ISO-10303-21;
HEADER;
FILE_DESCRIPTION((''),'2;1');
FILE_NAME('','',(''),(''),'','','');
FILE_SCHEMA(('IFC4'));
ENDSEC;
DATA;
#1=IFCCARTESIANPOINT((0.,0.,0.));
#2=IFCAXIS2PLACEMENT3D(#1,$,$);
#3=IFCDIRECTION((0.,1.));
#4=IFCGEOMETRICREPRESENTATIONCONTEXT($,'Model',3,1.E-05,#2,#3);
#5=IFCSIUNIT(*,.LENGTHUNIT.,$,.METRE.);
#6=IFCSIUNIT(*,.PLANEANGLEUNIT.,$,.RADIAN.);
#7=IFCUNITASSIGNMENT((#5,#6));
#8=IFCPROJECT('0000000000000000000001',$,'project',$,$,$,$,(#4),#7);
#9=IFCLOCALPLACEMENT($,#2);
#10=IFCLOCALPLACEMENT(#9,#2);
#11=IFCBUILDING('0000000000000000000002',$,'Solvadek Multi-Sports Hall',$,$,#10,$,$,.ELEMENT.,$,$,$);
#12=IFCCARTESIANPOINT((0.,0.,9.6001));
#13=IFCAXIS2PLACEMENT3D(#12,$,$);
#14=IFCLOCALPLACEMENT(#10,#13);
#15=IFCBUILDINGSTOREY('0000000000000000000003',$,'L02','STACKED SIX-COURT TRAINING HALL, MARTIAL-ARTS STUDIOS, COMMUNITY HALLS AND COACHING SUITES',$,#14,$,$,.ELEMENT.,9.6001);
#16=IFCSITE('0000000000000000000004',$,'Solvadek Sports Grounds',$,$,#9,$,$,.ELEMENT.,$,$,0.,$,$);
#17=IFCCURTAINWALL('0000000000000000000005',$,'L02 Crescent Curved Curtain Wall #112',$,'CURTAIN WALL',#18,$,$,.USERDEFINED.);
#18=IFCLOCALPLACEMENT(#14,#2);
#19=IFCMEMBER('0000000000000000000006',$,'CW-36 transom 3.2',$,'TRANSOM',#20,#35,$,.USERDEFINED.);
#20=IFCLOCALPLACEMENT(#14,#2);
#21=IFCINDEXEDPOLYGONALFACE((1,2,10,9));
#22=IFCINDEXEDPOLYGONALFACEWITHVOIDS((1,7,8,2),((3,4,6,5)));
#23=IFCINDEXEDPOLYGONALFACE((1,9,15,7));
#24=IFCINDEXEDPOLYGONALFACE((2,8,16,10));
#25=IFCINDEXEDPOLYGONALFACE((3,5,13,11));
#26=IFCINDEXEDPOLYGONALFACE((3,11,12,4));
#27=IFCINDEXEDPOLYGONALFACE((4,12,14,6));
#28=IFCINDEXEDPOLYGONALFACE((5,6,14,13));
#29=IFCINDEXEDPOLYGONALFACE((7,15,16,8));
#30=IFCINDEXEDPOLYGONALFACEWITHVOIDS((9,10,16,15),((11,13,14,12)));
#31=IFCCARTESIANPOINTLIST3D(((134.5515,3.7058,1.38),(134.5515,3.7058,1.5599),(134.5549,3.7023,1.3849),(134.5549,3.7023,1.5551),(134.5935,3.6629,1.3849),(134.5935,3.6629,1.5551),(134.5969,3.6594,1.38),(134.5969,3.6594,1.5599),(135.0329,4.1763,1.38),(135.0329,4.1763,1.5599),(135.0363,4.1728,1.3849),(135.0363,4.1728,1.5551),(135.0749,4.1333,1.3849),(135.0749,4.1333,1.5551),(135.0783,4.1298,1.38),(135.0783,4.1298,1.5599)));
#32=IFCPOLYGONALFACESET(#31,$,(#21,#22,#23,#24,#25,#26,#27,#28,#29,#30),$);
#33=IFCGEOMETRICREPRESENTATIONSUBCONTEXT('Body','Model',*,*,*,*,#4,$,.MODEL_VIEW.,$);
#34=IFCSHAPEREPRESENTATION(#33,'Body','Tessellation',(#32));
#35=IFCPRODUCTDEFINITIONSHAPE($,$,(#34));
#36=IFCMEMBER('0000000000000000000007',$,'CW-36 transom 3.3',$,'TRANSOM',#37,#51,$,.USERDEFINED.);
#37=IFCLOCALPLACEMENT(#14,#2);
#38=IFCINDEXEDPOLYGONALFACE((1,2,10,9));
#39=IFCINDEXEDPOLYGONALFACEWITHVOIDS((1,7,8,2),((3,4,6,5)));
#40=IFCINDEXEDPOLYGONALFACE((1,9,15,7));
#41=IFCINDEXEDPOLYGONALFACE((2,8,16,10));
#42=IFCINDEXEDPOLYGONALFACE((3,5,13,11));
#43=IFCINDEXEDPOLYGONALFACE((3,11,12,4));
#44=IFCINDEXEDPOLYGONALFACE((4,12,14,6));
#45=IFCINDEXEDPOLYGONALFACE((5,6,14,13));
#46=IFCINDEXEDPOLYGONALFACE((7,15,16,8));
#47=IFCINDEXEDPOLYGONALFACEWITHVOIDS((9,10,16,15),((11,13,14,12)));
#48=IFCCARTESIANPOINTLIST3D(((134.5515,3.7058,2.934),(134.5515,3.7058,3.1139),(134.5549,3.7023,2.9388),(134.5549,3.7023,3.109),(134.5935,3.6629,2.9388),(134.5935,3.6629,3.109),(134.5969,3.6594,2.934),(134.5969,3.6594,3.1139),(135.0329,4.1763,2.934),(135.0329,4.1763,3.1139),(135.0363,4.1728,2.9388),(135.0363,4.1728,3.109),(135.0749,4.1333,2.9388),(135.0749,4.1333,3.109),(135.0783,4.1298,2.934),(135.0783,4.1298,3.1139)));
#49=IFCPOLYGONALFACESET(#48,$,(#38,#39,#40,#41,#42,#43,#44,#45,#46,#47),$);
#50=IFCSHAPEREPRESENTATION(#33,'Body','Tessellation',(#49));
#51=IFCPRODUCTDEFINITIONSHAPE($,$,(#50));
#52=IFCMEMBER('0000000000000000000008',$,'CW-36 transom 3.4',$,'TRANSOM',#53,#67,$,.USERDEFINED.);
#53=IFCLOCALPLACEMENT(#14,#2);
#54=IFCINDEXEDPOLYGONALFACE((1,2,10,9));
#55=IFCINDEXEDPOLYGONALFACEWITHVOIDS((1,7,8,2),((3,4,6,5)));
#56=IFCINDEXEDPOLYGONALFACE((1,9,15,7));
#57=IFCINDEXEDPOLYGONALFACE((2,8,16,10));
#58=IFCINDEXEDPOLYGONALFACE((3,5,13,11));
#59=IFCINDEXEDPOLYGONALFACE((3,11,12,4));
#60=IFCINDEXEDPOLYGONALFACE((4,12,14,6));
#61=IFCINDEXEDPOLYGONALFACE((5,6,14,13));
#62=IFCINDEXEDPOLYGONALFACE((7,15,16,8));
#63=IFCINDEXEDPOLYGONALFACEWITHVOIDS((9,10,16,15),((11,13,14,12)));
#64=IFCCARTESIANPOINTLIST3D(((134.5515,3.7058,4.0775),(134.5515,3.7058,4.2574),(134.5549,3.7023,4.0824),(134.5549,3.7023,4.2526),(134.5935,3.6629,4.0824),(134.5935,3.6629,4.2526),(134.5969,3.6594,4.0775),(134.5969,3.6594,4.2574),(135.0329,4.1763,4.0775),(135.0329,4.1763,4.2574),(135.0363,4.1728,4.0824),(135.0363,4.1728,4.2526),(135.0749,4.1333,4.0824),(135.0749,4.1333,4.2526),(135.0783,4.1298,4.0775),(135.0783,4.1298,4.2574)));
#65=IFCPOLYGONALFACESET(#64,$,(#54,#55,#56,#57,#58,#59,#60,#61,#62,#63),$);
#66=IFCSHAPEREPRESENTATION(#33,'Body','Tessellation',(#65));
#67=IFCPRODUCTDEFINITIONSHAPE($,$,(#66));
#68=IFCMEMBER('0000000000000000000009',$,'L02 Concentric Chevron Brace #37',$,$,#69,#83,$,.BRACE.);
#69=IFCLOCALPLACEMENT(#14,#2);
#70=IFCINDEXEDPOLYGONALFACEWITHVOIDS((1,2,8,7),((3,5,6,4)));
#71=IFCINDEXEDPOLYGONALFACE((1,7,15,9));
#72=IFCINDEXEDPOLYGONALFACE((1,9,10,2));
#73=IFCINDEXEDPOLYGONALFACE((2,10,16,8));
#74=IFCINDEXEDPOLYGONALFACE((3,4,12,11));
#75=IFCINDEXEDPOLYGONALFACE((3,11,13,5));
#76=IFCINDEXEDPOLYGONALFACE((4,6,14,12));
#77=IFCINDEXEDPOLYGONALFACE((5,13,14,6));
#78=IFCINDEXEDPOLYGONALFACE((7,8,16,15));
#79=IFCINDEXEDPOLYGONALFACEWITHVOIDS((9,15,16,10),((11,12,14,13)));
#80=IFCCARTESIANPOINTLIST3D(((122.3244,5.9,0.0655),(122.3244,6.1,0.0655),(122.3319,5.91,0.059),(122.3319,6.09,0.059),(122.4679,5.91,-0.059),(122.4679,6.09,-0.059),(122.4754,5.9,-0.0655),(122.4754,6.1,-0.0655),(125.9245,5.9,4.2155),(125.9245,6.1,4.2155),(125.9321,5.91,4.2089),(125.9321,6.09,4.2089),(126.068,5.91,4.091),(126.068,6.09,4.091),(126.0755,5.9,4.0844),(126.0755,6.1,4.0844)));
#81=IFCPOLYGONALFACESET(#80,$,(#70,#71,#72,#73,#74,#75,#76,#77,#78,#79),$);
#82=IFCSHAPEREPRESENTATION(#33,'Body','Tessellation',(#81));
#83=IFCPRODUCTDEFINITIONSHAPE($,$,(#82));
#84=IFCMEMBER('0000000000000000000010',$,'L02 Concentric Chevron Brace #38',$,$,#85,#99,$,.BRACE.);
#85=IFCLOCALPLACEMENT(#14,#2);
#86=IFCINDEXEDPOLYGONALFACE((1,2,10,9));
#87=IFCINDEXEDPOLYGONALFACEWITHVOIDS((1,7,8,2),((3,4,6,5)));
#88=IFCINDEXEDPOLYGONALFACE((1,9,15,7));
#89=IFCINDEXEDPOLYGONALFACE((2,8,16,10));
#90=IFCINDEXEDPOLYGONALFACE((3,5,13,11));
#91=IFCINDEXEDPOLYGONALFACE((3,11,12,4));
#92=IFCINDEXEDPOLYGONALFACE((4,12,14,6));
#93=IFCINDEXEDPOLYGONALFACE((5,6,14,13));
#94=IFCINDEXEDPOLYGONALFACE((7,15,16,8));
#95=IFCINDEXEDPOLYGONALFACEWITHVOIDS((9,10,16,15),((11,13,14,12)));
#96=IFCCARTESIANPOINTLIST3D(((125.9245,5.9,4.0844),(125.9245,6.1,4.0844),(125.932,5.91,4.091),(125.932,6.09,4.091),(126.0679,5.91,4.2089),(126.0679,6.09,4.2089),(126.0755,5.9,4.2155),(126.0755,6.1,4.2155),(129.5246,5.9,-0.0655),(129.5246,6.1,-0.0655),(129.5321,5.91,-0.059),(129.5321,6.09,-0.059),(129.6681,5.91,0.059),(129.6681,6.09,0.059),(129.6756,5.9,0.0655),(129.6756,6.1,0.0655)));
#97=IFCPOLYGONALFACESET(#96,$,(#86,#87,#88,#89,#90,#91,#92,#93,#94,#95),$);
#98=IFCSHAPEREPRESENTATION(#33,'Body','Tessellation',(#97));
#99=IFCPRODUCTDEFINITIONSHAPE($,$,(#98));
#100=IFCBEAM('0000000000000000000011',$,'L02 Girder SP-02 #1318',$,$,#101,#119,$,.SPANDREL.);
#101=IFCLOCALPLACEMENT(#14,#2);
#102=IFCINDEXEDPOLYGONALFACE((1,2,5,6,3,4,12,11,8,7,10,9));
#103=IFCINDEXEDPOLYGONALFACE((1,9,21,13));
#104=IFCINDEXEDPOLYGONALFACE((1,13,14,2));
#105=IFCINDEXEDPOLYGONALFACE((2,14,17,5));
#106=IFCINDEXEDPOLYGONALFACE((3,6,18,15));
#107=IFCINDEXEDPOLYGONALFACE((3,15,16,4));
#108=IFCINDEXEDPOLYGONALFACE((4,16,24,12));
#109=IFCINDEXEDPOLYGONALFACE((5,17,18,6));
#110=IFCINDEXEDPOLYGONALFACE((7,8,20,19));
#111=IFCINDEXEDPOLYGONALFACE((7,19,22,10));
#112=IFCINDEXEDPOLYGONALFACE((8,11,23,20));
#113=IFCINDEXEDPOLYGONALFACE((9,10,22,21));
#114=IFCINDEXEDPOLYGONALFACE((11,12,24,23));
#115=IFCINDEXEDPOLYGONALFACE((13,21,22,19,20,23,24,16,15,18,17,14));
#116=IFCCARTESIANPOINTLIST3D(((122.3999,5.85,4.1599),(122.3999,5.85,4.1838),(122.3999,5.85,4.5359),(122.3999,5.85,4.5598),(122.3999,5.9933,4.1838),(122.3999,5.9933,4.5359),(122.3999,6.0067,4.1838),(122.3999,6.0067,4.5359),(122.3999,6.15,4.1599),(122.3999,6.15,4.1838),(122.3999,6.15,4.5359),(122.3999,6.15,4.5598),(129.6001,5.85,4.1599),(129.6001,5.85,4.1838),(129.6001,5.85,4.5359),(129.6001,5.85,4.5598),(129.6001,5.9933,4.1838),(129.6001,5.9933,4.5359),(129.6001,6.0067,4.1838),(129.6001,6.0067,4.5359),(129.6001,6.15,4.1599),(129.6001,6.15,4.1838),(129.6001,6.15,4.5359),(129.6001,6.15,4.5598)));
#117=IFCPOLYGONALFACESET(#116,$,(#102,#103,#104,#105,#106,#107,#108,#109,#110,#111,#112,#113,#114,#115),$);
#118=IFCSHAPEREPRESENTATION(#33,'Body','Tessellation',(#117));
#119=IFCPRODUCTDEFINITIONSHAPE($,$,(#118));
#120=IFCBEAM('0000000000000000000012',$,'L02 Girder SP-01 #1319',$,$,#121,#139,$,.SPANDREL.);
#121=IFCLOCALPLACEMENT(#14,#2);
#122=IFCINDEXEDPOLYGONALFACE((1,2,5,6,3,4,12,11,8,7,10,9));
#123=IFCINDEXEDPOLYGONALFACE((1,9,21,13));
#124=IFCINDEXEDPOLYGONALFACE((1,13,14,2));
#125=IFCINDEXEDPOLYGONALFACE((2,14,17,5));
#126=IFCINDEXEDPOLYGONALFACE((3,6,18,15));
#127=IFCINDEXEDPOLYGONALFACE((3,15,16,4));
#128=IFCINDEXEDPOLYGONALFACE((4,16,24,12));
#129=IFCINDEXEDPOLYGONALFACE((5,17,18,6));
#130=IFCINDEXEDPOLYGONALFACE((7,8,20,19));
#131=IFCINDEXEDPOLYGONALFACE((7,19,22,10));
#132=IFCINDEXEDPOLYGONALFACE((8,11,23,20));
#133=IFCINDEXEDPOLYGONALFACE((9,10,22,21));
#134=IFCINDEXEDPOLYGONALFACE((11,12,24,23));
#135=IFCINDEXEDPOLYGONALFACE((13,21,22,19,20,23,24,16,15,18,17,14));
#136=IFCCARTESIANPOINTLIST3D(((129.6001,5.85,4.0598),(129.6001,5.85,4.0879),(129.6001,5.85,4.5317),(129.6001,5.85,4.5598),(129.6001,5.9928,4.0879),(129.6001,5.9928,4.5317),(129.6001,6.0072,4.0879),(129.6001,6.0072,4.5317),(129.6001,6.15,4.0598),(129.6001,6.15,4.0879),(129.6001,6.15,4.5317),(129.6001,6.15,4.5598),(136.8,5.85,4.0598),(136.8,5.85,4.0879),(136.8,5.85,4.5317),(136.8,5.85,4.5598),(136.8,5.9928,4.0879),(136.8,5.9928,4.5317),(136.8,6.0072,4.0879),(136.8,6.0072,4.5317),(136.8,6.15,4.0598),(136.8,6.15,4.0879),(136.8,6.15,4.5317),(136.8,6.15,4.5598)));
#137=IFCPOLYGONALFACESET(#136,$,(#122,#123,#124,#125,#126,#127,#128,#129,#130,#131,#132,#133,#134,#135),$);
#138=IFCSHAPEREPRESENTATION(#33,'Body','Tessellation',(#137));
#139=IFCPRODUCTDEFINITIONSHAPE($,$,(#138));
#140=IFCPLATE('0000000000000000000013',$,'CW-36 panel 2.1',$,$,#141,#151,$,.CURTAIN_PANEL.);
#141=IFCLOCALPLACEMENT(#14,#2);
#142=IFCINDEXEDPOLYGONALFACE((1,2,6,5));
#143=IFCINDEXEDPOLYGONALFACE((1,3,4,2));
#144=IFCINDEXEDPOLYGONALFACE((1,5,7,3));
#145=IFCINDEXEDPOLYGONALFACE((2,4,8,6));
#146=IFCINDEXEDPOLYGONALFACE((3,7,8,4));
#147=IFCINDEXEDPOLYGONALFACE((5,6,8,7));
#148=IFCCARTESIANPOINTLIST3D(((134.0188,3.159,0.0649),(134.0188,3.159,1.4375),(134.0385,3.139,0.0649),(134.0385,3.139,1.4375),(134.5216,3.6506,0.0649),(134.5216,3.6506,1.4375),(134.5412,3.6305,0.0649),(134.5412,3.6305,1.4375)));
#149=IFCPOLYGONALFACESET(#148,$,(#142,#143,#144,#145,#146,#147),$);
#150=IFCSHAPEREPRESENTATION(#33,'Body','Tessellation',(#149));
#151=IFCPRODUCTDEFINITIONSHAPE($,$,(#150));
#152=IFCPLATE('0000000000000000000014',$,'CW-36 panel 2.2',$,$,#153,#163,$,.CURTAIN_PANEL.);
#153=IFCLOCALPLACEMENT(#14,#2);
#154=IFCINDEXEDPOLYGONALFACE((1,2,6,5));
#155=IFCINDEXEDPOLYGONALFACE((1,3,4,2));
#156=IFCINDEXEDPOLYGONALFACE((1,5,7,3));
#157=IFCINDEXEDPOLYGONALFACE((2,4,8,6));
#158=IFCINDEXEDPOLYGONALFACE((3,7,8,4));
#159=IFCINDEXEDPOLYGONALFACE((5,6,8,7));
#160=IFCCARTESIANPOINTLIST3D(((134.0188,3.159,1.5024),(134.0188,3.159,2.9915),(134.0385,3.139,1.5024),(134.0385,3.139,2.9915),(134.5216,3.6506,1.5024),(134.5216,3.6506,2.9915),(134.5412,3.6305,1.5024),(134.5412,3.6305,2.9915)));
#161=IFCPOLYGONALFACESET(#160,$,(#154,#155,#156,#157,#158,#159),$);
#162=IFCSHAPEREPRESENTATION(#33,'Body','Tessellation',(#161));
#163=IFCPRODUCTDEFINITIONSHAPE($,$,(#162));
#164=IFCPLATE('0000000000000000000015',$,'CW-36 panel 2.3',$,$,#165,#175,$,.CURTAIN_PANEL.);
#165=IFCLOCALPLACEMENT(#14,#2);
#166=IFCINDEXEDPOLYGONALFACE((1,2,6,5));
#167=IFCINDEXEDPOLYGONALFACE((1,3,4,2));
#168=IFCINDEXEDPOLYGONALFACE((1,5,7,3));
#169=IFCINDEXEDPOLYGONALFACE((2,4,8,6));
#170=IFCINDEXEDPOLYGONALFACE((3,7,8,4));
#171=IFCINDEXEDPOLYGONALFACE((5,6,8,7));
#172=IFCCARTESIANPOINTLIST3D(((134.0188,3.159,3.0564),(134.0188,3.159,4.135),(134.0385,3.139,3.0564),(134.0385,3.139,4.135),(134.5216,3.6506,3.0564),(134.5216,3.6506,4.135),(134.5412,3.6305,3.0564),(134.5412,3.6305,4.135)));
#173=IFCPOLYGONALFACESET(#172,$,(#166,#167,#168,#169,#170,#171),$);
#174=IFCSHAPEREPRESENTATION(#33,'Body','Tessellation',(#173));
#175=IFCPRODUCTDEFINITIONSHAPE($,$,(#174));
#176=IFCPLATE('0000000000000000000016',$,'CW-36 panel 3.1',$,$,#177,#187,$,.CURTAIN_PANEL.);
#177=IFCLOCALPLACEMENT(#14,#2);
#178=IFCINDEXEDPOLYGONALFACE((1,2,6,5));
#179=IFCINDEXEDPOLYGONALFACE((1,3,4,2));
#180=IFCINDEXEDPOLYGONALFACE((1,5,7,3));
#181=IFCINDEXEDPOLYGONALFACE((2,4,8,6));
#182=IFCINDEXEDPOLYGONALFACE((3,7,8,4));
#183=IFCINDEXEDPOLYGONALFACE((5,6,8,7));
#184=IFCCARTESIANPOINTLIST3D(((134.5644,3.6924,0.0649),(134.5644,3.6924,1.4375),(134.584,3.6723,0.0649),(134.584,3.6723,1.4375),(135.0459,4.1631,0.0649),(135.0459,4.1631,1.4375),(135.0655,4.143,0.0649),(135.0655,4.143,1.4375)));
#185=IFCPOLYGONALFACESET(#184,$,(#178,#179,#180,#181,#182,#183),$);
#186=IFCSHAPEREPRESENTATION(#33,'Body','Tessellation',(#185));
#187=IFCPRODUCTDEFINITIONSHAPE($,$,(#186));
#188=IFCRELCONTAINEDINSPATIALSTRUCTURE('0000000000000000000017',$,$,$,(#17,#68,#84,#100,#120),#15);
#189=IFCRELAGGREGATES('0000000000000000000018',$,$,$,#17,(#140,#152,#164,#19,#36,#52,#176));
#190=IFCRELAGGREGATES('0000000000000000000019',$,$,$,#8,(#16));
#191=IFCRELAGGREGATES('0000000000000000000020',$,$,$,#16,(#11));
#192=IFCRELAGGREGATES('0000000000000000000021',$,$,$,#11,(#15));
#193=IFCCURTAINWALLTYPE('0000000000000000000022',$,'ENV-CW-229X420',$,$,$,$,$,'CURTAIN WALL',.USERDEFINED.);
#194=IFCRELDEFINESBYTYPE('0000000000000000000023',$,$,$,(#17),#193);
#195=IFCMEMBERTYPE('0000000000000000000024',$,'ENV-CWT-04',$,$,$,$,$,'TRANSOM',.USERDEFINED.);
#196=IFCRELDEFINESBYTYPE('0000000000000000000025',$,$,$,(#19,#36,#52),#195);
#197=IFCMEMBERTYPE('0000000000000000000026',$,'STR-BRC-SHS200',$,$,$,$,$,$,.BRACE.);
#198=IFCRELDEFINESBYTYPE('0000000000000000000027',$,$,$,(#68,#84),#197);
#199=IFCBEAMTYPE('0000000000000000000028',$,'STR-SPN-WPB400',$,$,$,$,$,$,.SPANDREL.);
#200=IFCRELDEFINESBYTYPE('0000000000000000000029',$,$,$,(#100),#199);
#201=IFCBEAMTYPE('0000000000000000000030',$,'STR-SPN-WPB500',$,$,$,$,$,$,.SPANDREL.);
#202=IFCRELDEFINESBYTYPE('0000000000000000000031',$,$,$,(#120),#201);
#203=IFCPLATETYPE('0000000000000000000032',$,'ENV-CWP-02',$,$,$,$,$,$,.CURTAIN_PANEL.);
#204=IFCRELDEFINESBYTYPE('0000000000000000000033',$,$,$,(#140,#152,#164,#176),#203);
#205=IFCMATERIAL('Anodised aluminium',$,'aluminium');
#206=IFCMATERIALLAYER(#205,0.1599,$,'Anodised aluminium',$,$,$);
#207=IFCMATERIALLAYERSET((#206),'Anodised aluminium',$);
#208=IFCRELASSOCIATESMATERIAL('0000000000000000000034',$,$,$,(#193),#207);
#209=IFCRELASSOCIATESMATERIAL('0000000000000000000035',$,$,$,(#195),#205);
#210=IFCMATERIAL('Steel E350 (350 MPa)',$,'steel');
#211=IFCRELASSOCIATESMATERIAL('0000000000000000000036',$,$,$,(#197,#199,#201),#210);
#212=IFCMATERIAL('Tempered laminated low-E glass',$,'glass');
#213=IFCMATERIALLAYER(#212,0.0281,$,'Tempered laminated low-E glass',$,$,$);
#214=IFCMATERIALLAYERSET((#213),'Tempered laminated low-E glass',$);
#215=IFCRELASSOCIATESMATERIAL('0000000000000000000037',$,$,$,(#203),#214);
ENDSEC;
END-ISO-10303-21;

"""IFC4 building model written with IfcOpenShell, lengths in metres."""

from ifc_helpers import new_model, si_unit, direction, frame, origin, origin_2d, place, context, subcontext, project, spatial, rectangle, hollow_rectangle, i_section, extrude, material, layer, layer_set, material_profile, profile_set, type_object, element, aggregate, save


model = new_model("IFC4")

# Units and contexts
model_context = context("Model", 3, precision=1e-05, world=origin(), true_north=direction((0.0, 1.0)))
body_context = subcontext(model_context, "Body", "Model", "MODEL_VIEW")
ifc_project = project(units=[si_unit("LENGTHUNIT", "METRE"), si_unit("PLANEANGLEUNIT", "RADIAN")], contexts=[model_context])

# Site, building, storey
site_placement = place(None, origin())
site = spatial("IfcSite", under=ifc_project, at=site_placement, Name="Solvadek Sports Grounds", CompositionType="ELEMENT", RefElevation=0.0)
building_placement = place(site_placement, origin())
building = spatial("IfcBuilding", under=site, at=building_placement, Name="Solvadek Multi-Sports Hall", CompositionType="ELEMENT")
storey_placement = place(building_placement, frame((0.0, 0.0, 9.6001)))
storey = spatial("IfcBuildingStorey", under=building, at=storey_placement, Name="L02", Description="STACKED SIX-COURT TRAINING HALL, MARTIAL-ARTS STUDIOS, COMMUNITY HALLS AND COACHING SUITES", CompositionType="ELEMENT", Elevation=9.6001)

# Shared definitions
ifc_material_1 = material(Name="Steel E350 (350 MPa)", Category="steel")

# Curtain wall
ifc_material_2 = material(Name="Anodised aluminium", Category="aluminium")
ifc_layer_1 = layer(ifc_material_2, 0.1599, Name="Anodised aluminium")
ifc_layer_set_1 = layer_set([ifc_layer_1], Name="Anodised aluminium")
curtain_wall_type_1 = type_object("IfcCurtainWallType", Name="ENV-CW-229X420", ElementType="CURTAIN WALL", PredefinedType="USERDEFINED", material=ifc_layer_set_1)
curtain_wall_1_placement = place(storey_placement, origin())
curtain_wall_1 = element("IfcCurtainWall", 1, at=curtain_wall_1_placement, inside=storey, type_object=curtain_wall_type_1, Name="L02 Crescent Curved Curtain Wall #112", ObjectType="CURTAIN WALL", PredefinedType="USERDEFINED")

# Members
ifc_material_profile_1 = material_profile(ifc_material_2, hollow_rectangle(XDim=0.0649, YDim=0.1799, WallThickness=0.0049, at=origin_2d()), Name="ALU-T 180x65x5")
ifc_profile_set_1 = profile_set([ifc_material_profile_1], Name="Anodised aluminium")
member_type_1 = type_object("IfcMemberType", Name="ENV-CWT-04", ElementType="TRANSOM", PredefinedType="USERDEFINED", material=ifc_profile_set_1)
member_1_placement = place(storey_placement, frame((134.5742, 3.6826, 1.47), z_axis=(0.71522, 0.698899, 0.0), x_axis=(-0.698899, 0.71522, 0.0)))
member_1 = element("IfcMember", 2, at=member_1_placement, type_object=member_type_1, Name="CW-36 transom 3.2", ObjectType="TRANSOM", PredefinedType="USERDEFINED", context=body_context, shape_type="SweptSolid", body=[
    extrude(hollow_rectangle(XDim=0.0649, YDim=0.1799, WallThickness=0.0049, at=origin_2d()), origin(), (0.0, 0.0, 1.0), 0.6731),
])
member_2_placement = place(storey_placement, frame((134.5742, 3.6826, 3.0239), z_axis=(0.71522, 0.698899, 0.0), x_axis=(-0.698899, 0.71522, 0.0)))
member_2 = element("IfcMember", 3, at=member_2_placement, type_object=member_type_1, Name="CW-36 transom 3.3", ObjectType="TRANSOM", PredefinedType="USERDEFINED", context=body_context, shape_type="SweptSolid", body=[
    extrude(hollow_rectangle(XDim=0.0649, YDim=0.1799, WallThickness=0.0049, at=origin_2d()), origin(), (0.0, 0.0, 1.0), 0.6731),
])
member_3_placement = place(storey_placement, frame((134.5742, 3.6826, 4.1675), z_axis=(0.71522, 0.698899, 0.0), x_axis=(-0.698899, 0.71522, 0.0)))
member_3 = element("IfcMember", 4, at=member_3_placement, type_object=member_type_1, Name="CW-36 transom 3.4", ObjectType="TRANSOM", PredefinedType="USERDEFINED", context=body_context, shape_type="SweptSolid", body=[
    extrude(hollow_rectangle(XDim=0.0649, YDim=0.1799, WallThickness=0.0049, at=origin_2d()), origin(), (0.0, 0.0, 1.0), 0.6731),
])

# Members
ifc_material_profile_2 = material_profile(ifc_material_1, hollow_rectangle(XDim=0.2, YDim=0.2, WallThickness=0.01, at=origin_2d()), Name="SHS 200x200x10")
ifc_profile_set_2 = profile_set([ifc_material_profile_2], Name="Steel E350 (350 MPa)")
member_type_2 = type_object("IfcMemberType", Name="STR-BRC-SHS200", PredefinedType="BRACE", material=ifc_profile_set_2)
for number, where, z_axis, x_axis, name in (
    (5, (122.3999, 6.0, 0.0), (0.655296, 0.0, 0.755372), (0.0, 1.0, 0.0), "L02 Concentric Chevron Brace #37"),
    (6, (129.6001, 6.0, 0.0), (-0.655296, 0.0, 0.755372), (0.0, -1.0, 0.0), "L02 Concentric Chevron Brace #38"),
):
    element("IfcMember", number, at=place(storey_placement, frame(where, z_axis=z_axis, x_axis=x_axis)), inside=storey, type_object=member_type_2, Name=name, PredefinedType="BRACE", context=body_context, shape_type="SweptSolid", body=[
        extrude(hollow_rectangle(XDim=0.2, YDim=0.2, WallThickness=0.01, at=origin_2d()), origin(), (0.0, 0.0, 1.0), 5.4939),
    ])

# Beams
ifc_material_profile_3 = material_profile(ifc_material_1, i_section(OverallWidth=0.3, OverallDepth=0.3999, WebThickness=0.0134, FlangeThickness=0.0239, at=origin_2d()), Name="WPB 400")
ifc_profile_set_3 = profile_set([ifc_material_profile_3], Name="Steel E350 (350 MPa)")
beam_type_1 = type_object("IfcBeamType", Name="STR-SPN-WPB400", PredefinedType="SPANDREL", material=ifc_profile_set_3)
beam_1_placement = place(storey_placement, frame((122.3999, 6.0, 4.3599), z_axis=(1.0, 0.0, 0.0), x_axis=(0.0, 1.0, 0.0)))
element("IfcBeam", 7, at=beam_1_placement, inside=storey, type_object=beam_type_1, Name="L02 Girder SP-02 #1318", PredefinedType="SPANDREL", context=body_context, shape_type="SweptSolid", body=[
    extrude(i_section(OverallWidth=0.3, OverallDepth=0.3999, WebThickness=0.0134, FlangeThickness=0.0239, at=origin_2d()), origin(), (0.0, 0.0, 1.0), 7.2002),
])
ifc_material_profile_4 = material_profile(ifc_material_1, i_section(OverallWidth=0.3, OverallDepth=0.5, WebThickness=0.0144, FlangeThickness=0.0281, at=origin_2d()), Name="WPB 500")
ifc_profile_set_4 = profile_set([ifc_material_profile_4], Name="Steel E350 (350 MPa)")
beam_type_2 = type_object("IfcBeamType", Name="STR-SPN-WPB500", PredefinedType="SPANDREL", material=ifc_profile_set_4)
beam_2_placement = place(storey_placement, frame((129.6001, 6.0, 4.3098), z_axis=(1.0, 0.0, 0.0), x_axis=(0.0, 1.0, 0.0)))
element("IfcBeam", 8, at=beam_2_placement, inside=storey, type_object=beam_type_2, Name="L02 Girder SP-01 #1319", PredefinedType="SPANDREL", context=body_context, shape_type="SweptSolid", body=[
    extrude(i_section(OverallWidth=0.3, OverallDepth=0.5, WebThickness=0.0144, FlangeThickness=0.0281, at=origin_2d()), origin(), (0.0, 0.0, 1.0), 7.2),
])

# Plates
ifc_material_3 = material(Name="Tempered laminated low-E glass", Category="glass")
ifc_layer_2 = layer(ifc_material_3, 0.0281, Name="Tempered laminated low-E glass")
ifc_layer_set_2 = layer_set([ifc_layer_2], Name="Tempered laminated low-E glass")
plate_type_1 = type_object("IfcPlateType", Name="ENV-CWP-02", PredefinedType="CURTAIN_PANEL", material=ifc_layer_set_2)
plate_1_placement = place(storey_placement, frame((134.28, 3.3948, 0.0649), z_axis=(0.0, 0.0, 1.0), x_axis=(0.715032, 0.699091, 0.0)))
plate_1 = element("IfcPlate", 9, at=plate_1_placement, type_object=plate_type_1, Name="CW-36 panel 2.1", PredefinedType="CURTAIN_PANEL", context=body_context, shape_type="SweptSolid", body=[
    extrude(rectangle(XDim=0.7031, YDim=0.0281, at=origin_2d()), origin(), (0.0, 0.0, 1.0), 1.3726),
])
plate_2_placement = place(storey_placement, frame((134.28, 3.3948, 1.5024), z_axis=(0.0, 0.0, 1.0), x_axis=(0.715032, 0.699091, 0.0)))
plate_2 = element("IfcPlate", 10, at=plate_2_placement, type_object=plate_type_1, Name="CW-36 panel 2.2", PredefinedType="CURTAIN_PANEL", context=body_context, shape_type="SweptSolid", body=[
    extrude(rectangle(XDim=0.7031, YDim=0.0281, at=origin_2d()), origin(), (0.0, 0.0, 1.0), 1.489),
])
plate_3_placement = place(storey_placement, frame((134.28, 3.3948, 3.0564), z_axis=(0.0, 0.0, 1.0), x_axis=(0.715032, 0.699091, 0.0)))
plate_3 = element("IfcPlate", 11, at=plate_3_placement, type_object=plate_type_1, Name="CW-36 panel 2.3", PredefinedType="CURTAIN_PANEL", context=body_context, shape_type="SweptSolid", body=[
    extrude(rectangle(XDim=0.7031, YDim=0.0281, at=origin_2d()), origin(), (0.0, 0.0, 1.0), 1.0786),
])
plate_4_placement = place(storey_placement, frame((134.8149, 3.9177, 0.0649), z_axis=(0.0, 0.0, 1.0), x_axis=(0.715032, 0.699091, 0.0)))
plate_4 = element("IfcPlate", 12, at=plate_4_placement, type_object=plate_type_1, Name="CW-36 panel 3.1", PredefinedType="CURTAIN_PANEL", context=body_context, shape_type="SweptSolid", body=[
    extrude(rectangle(XDim=0.6733, YDim=0.0281, at=origin_2d()), origin(), (0.0, 0.0, 1.0), 1.3726),
])
aggregate(curtain_wall_1, [plate_1, plate_2, plate_3, member_1, member_2, member_3, plate_4])

save(model, "model.ifc")
